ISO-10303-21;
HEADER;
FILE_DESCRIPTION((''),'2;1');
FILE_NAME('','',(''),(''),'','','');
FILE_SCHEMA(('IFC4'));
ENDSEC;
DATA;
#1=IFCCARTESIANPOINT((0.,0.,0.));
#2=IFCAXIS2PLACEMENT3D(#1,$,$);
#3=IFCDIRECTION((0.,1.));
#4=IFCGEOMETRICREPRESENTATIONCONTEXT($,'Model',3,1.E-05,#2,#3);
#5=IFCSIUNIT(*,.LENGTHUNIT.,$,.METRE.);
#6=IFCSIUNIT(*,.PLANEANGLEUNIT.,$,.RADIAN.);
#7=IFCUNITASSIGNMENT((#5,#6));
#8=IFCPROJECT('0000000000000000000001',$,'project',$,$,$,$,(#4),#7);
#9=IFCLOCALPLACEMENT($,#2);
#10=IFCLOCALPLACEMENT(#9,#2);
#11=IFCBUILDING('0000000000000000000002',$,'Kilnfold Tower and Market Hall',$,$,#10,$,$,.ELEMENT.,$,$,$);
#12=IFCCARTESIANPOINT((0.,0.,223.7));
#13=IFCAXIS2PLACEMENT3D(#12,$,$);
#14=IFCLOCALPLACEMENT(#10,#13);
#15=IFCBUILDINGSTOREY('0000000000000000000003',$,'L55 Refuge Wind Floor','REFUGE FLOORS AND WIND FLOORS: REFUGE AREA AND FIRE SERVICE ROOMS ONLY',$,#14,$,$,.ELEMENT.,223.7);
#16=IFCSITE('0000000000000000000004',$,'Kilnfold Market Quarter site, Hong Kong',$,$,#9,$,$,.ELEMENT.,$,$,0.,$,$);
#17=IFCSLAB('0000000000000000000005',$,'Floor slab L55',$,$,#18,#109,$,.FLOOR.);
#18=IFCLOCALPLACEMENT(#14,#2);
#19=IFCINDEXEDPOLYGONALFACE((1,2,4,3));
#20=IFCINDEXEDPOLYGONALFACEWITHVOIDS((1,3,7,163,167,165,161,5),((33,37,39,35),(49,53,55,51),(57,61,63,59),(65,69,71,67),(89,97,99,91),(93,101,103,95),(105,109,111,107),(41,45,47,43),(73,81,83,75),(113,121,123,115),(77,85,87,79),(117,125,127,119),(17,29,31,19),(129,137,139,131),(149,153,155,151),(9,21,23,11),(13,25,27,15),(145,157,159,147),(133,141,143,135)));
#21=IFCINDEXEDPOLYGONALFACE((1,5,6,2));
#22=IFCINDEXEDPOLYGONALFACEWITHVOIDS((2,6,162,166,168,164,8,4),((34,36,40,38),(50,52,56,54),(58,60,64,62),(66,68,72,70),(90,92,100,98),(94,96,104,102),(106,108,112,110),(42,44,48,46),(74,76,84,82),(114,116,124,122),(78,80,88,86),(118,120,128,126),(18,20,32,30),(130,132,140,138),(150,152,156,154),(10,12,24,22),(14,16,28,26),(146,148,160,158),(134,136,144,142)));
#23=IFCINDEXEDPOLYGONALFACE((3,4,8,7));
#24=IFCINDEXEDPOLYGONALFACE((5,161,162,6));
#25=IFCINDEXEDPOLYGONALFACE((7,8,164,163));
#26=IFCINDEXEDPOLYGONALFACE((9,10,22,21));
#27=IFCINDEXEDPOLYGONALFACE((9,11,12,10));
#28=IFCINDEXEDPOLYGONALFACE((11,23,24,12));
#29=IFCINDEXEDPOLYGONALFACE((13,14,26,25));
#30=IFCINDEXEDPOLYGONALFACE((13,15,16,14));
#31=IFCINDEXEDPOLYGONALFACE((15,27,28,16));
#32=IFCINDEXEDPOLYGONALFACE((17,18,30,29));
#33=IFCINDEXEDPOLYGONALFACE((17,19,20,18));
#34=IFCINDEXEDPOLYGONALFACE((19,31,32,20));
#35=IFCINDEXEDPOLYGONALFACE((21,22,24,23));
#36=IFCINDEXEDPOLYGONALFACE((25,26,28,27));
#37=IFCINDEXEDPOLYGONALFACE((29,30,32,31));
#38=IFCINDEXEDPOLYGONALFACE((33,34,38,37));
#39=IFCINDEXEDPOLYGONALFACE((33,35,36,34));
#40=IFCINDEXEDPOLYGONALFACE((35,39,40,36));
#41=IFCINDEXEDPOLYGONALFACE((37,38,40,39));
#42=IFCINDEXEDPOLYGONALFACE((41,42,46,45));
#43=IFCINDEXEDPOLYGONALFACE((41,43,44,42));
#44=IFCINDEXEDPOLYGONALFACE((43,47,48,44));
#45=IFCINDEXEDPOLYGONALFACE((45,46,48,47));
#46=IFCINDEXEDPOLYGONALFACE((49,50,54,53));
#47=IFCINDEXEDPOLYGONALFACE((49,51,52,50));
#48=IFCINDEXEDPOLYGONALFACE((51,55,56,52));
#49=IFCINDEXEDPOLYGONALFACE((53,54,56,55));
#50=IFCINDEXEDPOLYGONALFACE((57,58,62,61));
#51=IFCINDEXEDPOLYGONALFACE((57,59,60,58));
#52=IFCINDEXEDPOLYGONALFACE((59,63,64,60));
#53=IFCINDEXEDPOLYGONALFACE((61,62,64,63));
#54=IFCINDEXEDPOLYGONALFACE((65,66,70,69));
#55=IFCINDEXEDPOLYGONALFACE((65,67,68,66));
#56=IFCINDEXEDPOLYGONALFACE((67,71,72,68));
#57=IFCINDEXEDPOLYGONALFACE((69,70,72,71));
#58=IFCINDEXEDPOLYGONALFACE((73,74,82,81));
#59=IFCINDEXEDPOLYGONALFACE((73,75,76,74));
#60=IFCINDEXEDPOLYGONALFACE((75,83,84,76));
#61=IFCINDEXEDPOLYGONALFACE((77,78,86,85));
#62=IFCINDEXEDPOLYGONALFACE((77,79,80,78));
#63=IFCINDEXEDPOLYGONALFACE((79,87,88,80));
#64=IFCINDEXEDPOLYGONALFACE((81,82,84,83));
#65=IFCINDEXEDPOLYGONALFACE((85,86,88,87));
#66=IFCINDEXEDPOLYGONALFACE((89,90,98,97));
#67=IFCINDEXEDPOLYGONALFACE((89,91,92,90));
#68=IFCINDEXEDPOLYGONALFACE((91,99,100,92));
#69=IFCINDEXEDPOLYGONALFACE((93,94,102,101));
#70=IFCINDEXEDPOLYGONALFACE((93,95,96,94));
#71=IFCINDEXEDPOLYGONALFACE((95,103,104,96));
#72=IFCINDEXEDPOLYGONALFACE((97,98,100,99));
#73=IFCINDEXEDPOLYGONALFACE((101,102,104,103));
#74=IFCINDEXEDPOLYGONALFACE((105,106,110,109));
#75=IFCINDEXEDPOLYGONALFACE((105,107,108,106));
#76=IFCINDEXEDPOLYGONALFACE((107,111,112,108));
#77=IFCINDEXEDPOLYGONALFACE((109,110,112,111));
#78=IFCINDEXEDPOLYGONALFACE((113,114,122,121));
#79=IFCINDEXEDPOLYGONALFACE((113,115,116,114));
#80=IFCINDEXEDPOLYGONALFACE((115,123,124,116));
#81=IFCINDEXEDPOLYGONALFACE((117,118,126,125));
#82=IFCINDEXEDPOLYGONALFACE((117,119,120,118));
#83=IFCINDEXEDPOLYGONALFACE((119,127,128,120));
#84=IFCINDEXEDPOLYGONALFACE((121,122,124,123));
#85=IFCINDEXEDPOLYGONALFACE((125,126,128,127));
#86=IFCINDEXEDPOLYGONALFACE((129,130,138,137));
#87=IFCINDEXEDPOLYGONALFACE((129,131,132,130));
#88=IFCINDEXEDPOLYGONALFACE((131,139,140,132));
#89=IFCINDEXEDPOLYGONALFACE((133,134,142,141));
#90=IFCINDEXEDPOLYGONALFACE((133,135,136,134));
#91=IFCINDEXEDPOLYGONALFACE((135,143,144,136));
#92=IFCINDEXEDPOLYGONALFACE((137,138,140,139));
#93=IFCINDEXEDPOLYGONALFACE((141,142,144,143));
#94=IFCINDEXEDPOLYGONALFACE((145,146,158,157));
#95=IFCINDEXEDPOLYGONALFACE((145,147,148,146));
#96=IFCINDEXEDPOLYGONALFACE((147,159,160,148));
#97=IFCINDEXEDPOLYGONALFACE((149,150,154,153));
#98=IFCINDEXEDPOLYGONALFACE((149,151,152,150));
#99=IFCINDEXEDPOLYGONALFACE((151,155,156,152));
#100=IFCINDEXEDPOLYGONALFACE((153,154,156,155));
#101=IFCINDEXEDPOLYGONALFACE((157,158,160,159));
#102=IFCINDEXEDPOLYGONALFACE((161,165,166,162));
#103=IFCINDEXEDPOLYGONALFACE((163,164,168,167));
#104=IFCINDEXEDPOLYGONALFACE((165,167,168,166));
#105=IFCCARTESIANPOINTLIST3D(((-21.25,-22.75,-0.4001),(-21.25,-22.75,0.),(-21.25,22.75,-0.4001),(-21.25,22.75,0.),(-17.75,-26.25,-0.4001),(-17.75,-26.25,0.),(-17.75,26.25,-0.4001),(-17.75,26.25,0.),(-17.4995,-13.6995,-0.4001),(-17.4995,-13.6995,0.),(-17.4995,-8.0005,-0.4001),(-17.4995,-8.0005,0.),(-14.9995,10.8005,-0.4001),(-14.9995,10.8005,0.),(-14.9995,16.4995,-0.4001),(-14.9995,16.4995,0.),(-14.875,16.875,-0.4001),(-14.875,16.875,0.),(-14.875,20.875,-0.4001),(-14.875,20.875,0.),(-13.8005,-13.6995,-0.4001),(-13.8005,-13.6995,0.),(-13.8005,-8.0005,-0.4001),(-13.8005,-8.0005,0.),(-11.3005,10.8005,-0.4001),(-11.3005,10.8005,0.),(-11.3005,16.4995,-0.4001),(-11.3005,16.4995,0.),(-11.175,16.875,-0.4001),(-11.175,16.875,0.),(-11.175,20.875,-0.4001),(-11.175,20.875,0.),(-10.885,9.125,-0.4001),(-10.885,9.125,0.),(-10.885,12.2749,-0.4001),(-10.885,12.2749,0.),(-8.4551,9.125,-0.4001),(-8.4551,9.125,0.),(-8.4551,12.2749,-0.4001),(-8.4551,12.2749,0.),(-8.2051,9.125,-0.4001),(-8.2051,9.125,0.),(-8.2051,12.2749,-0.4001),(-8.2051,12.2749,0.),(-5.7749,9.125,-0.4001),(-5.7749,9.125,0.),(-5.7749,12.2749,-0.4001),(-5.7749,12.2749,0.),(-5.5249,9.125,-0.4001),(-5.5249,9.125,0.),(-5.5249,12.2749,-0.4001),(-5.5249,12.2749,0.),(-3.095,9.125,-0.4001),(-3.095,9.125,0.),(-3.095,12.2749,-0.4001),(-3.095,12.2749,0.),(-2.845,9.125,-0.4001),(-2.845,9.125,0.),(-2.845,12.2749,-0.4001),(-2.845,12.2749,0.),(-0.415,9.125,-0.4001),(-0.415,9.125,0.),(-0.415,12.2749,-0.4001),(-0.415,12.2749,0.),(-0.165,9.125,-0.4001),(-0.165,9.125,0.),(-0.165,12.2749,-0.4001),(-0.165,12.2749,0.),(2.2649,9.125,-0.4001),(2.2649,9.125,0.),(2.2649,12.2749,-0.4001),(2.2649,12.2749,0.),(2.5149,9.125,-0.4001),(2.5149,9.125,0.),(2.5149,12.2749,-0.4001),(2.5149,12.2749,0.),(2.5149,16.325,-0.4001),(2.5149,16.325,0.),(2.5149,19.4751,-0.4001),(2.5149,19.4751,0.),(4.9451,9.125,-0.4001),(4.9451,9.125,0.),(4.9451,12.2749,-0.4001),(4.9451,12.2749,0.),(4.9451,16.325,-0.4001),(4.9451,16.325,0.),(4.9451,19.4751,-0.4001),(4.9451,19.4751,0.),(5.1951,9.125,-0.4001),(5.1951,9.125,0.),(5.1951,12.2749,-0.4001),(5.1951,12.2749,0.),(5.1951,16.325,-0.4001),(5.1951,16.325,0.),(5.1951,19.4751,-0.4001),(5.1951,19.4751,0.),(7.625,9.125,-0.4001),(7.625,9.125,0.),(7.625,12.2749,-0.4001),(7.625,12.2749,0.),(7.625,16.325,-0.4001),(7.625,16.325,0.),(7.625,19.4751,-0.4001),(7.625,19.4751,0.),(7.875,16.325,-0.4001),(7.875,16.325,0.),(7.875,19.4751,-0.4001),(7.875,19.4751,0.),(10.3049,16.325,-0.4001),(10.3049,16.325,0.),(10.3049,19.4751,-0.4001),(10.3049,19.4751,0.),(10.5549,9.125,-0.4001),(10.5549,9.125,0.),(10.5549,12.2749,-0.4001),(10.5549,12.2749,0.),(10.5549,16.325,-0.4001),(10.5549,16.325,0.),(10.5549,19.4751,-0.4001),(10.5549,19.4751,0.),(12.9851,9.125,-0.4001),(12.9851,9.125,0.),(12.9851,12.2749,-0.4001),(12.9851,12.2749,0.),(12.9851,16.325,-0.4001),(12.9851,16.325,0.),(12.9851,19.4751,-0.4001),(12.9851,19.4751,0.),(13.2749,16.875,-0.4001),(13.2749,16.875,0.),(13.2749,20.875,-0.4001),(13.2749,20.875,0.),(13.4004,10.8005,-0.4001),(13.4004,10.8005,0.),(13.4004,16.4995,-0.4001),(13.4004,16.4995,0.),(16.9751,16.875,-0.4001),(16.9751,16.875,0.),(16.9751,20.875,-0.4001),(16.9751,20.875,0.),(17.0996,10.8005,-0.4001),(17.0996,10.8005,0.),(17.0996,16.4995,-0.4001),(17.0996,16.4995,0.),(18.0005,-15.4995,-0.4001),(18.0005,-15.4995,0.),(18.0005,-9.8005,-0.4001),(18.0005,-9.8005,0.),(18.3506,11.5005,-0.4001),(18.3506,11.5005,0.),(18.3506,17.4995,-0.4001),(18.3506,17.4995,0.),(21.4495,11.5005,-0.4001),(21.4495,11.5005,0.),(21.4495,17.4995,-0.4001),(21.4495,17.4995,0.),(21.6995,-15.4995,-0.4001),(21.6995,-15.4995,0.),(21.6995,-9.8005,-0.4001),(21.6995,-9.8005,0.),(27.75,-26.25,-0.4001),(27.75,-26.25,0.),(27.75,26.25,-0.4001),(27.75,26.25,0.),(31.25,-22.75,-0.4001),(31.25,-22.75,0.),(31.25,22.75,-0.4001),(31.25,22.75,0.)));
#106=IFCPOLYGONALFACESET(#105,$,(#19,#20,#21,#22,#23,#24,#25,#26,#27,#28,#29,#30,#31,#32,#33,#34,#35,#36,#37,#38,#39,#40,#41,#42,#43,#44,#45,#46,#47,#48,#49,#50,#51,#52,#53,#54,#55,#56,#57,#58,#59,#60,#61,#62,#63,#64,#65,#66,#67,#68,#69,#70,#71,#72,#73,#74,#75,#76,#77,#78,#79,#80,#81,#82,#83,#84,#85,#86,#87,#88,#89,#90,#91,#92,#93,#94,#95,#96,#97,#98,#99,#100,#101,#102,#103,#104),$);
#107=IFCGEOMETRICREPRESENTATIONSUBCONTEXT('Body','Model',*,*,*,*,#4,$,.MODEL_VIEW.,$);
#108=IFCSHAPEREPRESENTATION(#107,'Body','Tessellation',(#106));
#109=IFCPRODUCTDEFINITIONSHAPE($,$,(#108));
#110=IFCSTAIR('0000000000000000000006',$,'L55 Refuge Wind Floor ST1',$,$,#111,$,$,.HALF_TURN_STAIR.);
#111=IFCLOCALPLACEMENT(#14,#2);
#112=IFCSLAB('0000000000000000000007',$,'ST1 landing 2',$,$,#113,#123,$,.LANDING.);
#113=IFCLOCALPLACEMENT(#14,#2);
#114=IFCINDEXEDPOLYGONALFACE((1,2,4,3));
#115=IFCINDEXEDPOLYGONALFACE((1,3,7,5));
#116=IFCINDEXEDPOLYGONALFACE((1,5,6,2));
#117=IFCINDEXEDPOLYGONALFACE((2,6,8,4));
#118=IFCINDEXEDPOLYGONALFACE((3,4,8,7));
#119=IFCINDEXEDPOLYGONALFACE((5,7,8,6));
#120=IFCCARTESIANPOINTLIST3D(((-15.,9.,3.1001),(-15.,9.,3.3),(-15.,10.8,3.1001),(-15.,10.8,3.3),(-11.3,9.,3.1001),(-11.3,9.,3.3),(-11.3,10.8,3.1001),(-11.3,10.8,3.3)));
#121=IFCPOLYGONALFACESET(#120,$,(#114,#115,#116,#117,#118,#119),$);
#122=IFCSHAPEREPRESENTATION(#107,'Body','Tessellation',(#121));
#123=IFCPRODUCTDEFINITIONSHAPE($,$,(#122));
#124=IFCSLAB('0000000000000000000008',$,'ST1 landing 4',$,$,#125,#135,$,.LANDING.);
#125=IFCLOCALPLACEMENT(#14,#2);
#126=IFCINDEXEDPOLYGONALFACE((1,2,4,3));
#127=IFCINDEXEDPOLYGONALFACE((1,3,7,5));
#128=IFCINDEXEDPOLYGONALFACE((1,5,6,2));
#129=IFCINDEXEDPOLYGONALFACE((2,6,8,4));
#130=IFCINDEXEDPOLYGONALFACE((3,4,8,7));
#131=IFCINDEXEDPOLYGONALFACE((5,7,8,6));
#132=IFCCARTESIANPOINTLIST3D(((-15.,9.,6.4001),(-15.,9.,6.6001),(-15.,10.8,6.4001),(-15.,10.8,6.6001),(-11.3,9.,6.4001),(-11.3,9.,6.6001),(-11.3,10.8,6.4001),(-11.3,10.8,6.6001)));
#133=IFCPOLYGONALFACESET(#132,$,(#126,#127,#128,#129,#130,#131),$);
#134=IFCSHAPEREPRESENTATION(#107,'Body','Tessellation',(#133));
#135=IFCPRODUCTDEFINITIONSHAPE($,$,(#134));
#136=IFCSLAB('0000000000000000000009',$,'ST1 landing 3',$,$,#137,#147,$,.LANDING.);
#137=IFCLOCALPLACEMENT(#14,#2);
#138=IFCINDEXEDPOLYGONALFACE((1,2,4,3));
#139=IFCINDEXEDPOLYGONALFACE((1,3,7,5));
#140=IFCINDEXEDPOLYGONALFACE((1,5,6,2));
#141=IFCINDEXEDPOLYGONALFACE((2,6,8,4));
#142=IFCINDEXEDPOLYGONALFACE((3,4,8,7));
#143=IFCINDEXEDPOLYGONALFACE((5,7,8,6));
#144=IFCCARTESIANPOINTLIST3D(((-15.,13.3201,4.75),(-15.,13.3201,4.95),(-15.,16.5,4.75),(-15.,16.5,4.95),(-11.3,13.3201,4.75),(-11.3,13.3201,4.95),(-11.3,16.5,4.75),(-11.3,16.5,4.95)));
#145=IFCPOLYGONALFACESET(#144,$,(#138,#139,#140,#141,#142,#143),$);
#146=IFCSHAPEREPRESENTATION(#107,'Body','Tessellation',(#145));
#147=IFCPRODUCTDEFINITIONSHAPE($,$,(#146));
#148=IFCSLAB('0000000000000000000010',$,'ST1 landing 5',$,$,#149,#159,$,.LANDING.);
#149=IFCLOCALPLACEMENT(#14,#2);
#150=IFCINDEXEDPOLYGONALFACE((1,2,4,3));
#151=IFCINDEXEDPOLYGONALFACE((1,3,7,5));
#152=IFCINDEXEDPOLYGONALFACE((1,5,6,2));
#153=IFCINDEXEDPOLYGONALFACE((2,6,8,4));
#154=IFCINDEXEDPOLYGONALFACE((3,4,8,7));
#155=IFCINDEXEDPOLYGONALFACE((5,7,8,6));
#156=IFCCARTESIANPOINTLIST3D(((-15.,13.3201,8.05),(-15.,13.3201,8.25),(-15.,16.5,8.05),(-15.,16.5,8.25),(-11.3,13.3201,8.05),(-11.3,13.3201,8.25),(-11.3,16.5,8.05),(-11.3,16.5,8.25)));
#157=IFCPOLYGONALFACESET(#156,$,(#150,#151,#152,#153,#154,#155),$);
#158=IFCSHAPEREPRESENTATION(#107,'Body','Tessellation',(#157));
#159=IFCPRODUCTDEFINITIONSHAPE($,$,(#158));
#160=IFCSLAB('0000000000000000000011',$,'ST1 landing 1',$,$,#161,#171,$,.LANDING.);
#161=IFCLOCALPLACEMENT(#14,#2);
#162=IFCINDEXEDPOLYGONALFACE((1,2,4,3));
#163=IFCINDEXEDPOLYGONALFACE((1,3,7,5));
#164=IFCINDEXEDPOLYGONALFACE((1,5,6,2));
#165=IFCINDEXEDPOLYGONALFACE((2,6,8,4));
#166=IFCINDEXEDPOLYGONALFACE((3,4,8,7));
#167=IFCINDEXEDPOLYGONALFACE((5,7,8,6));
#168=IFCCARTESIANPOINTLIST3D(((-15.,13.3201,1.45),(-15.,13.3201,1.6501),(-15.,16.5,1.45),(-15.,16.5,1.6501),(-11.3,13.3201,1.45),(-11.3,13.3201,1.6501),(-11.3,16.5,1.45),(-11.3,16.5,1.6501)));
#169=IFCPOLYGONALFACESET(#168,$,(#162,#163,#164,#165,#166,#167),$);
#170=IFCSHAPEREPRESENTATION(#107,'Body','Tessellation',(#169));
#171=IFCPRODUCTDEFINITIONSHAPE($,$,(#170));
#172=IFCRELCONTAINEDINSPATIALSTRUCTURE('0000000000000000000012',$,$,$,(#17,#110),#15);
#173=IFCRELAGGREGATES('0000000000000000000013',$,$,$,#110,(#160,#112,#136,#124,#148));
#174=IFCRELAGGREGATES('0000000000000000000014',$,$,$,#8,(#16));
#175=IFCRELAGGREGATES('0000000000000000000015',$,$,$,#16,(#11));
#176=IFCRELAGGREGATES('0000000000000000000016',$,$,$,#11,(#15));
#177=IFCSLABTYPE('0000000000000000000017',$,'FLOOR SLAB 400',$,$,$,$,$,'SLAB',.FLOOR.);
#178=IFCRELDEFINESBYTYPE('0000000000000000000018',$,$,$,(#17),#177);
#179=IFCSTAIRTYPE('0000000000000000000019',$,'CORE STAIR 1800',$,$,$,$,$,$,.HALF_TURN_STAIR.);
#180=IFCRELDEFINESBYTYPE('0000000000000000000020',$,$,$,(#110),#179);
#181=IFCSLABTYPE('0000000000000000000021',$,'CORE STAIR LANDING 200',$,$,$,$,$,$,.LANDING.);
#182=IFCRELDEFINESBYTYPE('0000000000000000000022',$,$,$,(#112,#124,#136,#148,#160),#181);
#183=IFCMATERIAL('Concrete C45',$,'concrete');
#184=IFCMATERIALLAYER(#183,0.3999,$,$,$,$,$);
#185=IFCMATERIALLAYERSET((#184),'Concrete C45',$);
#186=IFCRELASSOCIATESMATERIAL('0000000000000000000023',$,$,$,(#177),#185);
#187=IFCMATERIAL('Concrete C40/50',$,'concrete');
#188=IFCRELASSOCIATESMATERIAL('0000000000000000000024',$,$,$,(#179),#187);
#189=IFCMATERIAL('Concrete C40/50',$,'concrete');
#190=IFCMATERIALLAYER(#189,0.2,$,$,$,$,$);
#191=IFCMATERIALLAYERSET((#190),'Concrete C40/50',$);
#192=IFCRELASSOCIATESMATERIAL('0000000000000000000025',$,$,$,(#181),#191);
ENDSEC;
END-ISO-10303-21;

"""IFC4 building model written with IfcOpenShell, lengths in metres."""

from ifc_helpers import new_model, si_unit, direction, frame, origin, place, context, subcontext, project, spatial, polyline, outline, extrude, source, transform, mapped, material, layer, layer_set, type_object, element, aggregate, save


model = new_model("IFC4")

# Units and contexts
model_context = context("Model", 3, precision=1e-05, world=origin(), true_north=direction((0.0, 1.0)))
body_context = subcontext(model_context, "Body", "Model", "MODEL_VIEW")
ifc_project = project(units=[si_unit("LENGTHUNIT", "METRE"), si_unit("PLANEANGLEUNIT", "RADIAN")], contexts=[model_context])

# Site, building, storey
site_placement = place(None, origin())
site = spatial("IfcSite", under=ifc_project, at=site_placement, Name="Kilnfold Market Quarter site, Hong Kong", CompositionType="ELEMENT", RefElevation=0.0)
building_placement = place(site_placement, origin())
building = spatial("IfcBuilding", under=site, at=building_placement, Name="Kilnfold Tower and Market Hall", CompositionType="ELEMENT")
storey_placement = place(building_placement, frame((0.0, 0.0, 223.7)))
storey = spatial("IfcBuildingStorey", under=building, at=storey_placement, Name="L55 Refuge Wind Floor", Description="REFUGE FLOORS AND WIND FLOORS: REFUGE AREA AND FIRE SERVICE ROOMS ONLY", CompositionType="ELEMENT", Elevation=223.7)

# Slab
ifc_material_1 = material(Name="Concrete C45", Category="concrete")
ifc_layer_1 = layer(ifc_material_1, 0.3999)
ifc_layer_set_1 = layer_set([ifc_layer_1], Name="Concrete C45")
slab_type_1 = type_object("IfcSlabType", Name="FLOOR SLAB 400", ElementType="SLAB", PredefinedType="FLOOR", material=ifc_layer_set_1)
shared_shape_1 = source(origin(), body_context, "Body", "SweptSolid", [
    extrude(outline(polyline([(-17.75, -26.25), (27.75, -26.25), (31.25, -22.75), (31.25, 22.75), (27.75, 26.25), (-17.75, 26.25), (-21.25, 22.75), (-21.25, -22.75), (-17.75, -26.25)]), holes=[polyline([(-13.8005, -13.6995), (-17.4995, -13.6995), (-17.4995, -8.0005), (-13.8005, -8.0005), (-13.8005, -13.6995)]), polyline([(-14.9995, 10.8005), (-14.9995, 16.4995), (-11.3005, 16.4995), (-11.3005, 10.8005), (-14.9995, 10.8005)]), polyline([(-11.175, 16.875), (-14.875, 16.875), (-14.875, 20.875), (-11.175, 20.875), (-11.175, 16.875)]), polyline([(-8.4551, 9.125), (-10.885, 9.125), (-10.885, 12.2749), (-8.4551, 12.2749), (-8.4551, 9.125)]), polyline([(-5.7749, 9.125), (-8.2051, 9.125), (-8.2051, 12.2749), (-5.7749, 12.2749), (-5.7749, 9.125)]), polyline([(-3.095, 9.125), (-5.5249, 9.125), (-5.5249, 12.2749), (-3.095, 12.2749), (-3.095, 9.125)]), polyline([(-0.415, 9.125), (-2.845, 9.125), (-2.845, 12.2749), (-0.415, 12.2749), (-0.415, 9.125)]), polyline([(2.2649, 9.125), (-0.165, 9.125), (-0.165, 12.2749), (2.2649, 12.2749), (2.2649, 9.125)]), polyline([(4.9451, 9.125), (2.5149, 9.125), (2.5149, 12.2749), (4.9451, 12.2749), (4.9451, 9.125)]), polyline([(2.5149, 16.325), (2.5149, 19.4751), (4.9451, 19.4751), (4.9451, 16.325), (2.5149, 16.325)]), polyline([(7.625, 9.125), (5.1951, 9.125), (5.1951, 12.2749), (7.625, 12.2749), (7.625, 9.125)]), polyline([(7.625, 16.325), (5.1951, 16.325), (5.1951, 19.4751), (7.625, 19.4751), (7.625, 16.325)]), polyline([(10.3049, 16.325), (7.875, 16.325), (7.875, 19.4751), (10.3049, 19.4751), (10.3049, 16.325)]), polyline([(10.5549, 9.125), (10.5549, 12.2749), (12.9851, 12.2749), (12.9851, 9.125), (10.5549, 9.125)]), polyline([(10.5549, 16.325), (10.5549, 19.4751), (12.9851, 19.4751), (12.9851, 16.325), (10.5549, 16.325)]), polyline([(13.2749, 16.875), (13.2749, 20.875), (16.9751, 20.875), (16.9751, 16.875), (13.2749, 16.875)]), polyline([(13.4004, 10.8005), (13.4004, 16.4995), (17.0996, 16.4995), (17.0996, 10.8005), (13.4004, 10.8005)]), polyline([(18.0005, -9.8005), (21.6995, -9.8005), (21.6995, -15.4995), (18.0005, -15.4995), (18.0005, -9.8005)]), polyline([(21.4495, 11.5005), (18.3506, 11.5005), (18.3506, 17.4995), (21.4495, 17.4995), (21.4495, 11.5005)])]), origin(), (0.0, 0.0, 1.0), 0.4001),
])
slab_1_placement = place(storey_placement, frame((0.0, 0.0, -0.4001)))
element("IfcSlab", 1, at=slab_1_placement, inside=storey, type_object=slab_type_1, Name="Floor slab L55", PredefinedType="FLOOR", context=body_context, shape_type="MappedRepresentation", body=[
    mapped(shared_shape_1, transform((0.0, 0.0, 0.0))),
])

# Stair, slabs
ifc_material_2 = material(Name="Concrete C40/50", Category="concrete")
stair_type = type_object("IfcStairType", Name="CORE STAIR 1800", PredefinedType="HALF_TURN_STAIR", material=ifc_material_2)
stair_1_placement = place(storey_placement, origin())
stair_1 = element("IfcStair", 2, at=stair_1_placement, inside=storey, type_object=stair_type, Name="L55 Refuge Wind Floor ST1", PredefinedType="HALF_TURN_STAIR")
ifc_material_3 = material(Name="Concrete C40/50", Category="concrete")
ifc_layer_2 = layer(ifc_material_3, 0.2)
ifc_layer_set_2 = layer_set([ifc_layer_2], Name="Concrete C40/50")
slab_type_2 = type_object("IfcSlabType", Name="CORE STAIR LANDING 200", PredefinedType="LANDING", material=ifc_layer_set_2)
shared_shape_2 = source(origin(), body_context, "Body", "SweptSolid", [
    extrude(outline(polyline([(-11.3, 9.0), (-11.3, 10.8), (-15.0, 10.8), (-15.0, 9.0), (-11.3, 9.0)])), origin(), (0.0, 0.0, 1.0), 0.2),
])
slab_2_placement = place(storey_placement, frame((0.0, 0.0, 3.1001)))
slab_2 = element("IfcSlab", 3, at=slab_2_placement, type_object=slab_type_2, Name="ST1 landing 2", PredefinedType="LANDING", context=body_context, shape_type="MappedRepresentation", body=[
    mapped(shared_shape_2, transform((0.0, 0.0, 0.0))),
])
slab_3_placement = place(storey_placement, frame((0.0, 0.0, 6.4001)))
slab_3 = element("IfcSlab", 4, at=slab_3_placement, type_object=slab_type_2, Name="ST1 landing 4", PredefinedType="LANDING", context=body_context, shape_type="MappedRepresentation", body=[
    mapped(shared_shape_2, transform((0.0, 0.0, 0.0))),
])
shared_shape_3 = source(origin(), body_context, "Body", "SweptSolid", [
    extrude(outline(polyline([(-11.3, 13.3201), (-11.3, 16.5), (-15.0, 16.5), (-15.0, 13.3201), (-11.3, 13.3201)])), origin(), (0.0, 0.0, 1.0), 0.2),
])
slab_4_placement = place(storey_placement, frame((0.0, 0.0, 4.75)))
slab_4 = element("IfcSlab", 5, at=slab_4_placement, type_object=slab_type_2, Name="ST1 landing 3", PredefinedType="LANDING", context=body_context, shape_type="MappedRepresentation", body=[
    mapped(shared_shape_3, transform((0.0, 0.0, 0.0))),
])
slab_5_placement = place(storey_placement, frame((0.0, 0.0, 8.05)))
slab_5 = element("IfcSlab", 6, at=slab_5_placement, type_object=slab_type_2, Name="ST1 landing 5", PredefinedType="LANDING", context=body_context, shape_type="MappedRepresentation", body=[
    mapped(shared_shape_3, transform((0.0, 0.0, 0.0))),
])
shared_shape_4 = source(origin(), body_context, "Body", "SweptSolid", [
    extrude(outline(polyline([(-11.3, 13.3201), (-11.3, 16.5), (-15.0, 16.5), (-15.0, 13.3201), (-11.3, 13.3201)])), origin(), (0.0, 0.0, 1.0), 0.2002),
])
slab_6_placement = place(storey_placement, frame((0.0, 0.0, 1.45)))
slab_6 = element("IfcSlab", 7, at=slab_6_placement, type_object=slab_type_2, Name="ST1 landing 1", PredefinedType="LANDING", context=body_context, shape_type="MappedRepresentation", body=[
    mapped(shared_shape_4, transform((0.0, 0.0, 0.0))),
])
aggregate(stair_1, [slab_6, slab_2, slab_4, slab_3, slab_5])

save(model, "model.ifc")
